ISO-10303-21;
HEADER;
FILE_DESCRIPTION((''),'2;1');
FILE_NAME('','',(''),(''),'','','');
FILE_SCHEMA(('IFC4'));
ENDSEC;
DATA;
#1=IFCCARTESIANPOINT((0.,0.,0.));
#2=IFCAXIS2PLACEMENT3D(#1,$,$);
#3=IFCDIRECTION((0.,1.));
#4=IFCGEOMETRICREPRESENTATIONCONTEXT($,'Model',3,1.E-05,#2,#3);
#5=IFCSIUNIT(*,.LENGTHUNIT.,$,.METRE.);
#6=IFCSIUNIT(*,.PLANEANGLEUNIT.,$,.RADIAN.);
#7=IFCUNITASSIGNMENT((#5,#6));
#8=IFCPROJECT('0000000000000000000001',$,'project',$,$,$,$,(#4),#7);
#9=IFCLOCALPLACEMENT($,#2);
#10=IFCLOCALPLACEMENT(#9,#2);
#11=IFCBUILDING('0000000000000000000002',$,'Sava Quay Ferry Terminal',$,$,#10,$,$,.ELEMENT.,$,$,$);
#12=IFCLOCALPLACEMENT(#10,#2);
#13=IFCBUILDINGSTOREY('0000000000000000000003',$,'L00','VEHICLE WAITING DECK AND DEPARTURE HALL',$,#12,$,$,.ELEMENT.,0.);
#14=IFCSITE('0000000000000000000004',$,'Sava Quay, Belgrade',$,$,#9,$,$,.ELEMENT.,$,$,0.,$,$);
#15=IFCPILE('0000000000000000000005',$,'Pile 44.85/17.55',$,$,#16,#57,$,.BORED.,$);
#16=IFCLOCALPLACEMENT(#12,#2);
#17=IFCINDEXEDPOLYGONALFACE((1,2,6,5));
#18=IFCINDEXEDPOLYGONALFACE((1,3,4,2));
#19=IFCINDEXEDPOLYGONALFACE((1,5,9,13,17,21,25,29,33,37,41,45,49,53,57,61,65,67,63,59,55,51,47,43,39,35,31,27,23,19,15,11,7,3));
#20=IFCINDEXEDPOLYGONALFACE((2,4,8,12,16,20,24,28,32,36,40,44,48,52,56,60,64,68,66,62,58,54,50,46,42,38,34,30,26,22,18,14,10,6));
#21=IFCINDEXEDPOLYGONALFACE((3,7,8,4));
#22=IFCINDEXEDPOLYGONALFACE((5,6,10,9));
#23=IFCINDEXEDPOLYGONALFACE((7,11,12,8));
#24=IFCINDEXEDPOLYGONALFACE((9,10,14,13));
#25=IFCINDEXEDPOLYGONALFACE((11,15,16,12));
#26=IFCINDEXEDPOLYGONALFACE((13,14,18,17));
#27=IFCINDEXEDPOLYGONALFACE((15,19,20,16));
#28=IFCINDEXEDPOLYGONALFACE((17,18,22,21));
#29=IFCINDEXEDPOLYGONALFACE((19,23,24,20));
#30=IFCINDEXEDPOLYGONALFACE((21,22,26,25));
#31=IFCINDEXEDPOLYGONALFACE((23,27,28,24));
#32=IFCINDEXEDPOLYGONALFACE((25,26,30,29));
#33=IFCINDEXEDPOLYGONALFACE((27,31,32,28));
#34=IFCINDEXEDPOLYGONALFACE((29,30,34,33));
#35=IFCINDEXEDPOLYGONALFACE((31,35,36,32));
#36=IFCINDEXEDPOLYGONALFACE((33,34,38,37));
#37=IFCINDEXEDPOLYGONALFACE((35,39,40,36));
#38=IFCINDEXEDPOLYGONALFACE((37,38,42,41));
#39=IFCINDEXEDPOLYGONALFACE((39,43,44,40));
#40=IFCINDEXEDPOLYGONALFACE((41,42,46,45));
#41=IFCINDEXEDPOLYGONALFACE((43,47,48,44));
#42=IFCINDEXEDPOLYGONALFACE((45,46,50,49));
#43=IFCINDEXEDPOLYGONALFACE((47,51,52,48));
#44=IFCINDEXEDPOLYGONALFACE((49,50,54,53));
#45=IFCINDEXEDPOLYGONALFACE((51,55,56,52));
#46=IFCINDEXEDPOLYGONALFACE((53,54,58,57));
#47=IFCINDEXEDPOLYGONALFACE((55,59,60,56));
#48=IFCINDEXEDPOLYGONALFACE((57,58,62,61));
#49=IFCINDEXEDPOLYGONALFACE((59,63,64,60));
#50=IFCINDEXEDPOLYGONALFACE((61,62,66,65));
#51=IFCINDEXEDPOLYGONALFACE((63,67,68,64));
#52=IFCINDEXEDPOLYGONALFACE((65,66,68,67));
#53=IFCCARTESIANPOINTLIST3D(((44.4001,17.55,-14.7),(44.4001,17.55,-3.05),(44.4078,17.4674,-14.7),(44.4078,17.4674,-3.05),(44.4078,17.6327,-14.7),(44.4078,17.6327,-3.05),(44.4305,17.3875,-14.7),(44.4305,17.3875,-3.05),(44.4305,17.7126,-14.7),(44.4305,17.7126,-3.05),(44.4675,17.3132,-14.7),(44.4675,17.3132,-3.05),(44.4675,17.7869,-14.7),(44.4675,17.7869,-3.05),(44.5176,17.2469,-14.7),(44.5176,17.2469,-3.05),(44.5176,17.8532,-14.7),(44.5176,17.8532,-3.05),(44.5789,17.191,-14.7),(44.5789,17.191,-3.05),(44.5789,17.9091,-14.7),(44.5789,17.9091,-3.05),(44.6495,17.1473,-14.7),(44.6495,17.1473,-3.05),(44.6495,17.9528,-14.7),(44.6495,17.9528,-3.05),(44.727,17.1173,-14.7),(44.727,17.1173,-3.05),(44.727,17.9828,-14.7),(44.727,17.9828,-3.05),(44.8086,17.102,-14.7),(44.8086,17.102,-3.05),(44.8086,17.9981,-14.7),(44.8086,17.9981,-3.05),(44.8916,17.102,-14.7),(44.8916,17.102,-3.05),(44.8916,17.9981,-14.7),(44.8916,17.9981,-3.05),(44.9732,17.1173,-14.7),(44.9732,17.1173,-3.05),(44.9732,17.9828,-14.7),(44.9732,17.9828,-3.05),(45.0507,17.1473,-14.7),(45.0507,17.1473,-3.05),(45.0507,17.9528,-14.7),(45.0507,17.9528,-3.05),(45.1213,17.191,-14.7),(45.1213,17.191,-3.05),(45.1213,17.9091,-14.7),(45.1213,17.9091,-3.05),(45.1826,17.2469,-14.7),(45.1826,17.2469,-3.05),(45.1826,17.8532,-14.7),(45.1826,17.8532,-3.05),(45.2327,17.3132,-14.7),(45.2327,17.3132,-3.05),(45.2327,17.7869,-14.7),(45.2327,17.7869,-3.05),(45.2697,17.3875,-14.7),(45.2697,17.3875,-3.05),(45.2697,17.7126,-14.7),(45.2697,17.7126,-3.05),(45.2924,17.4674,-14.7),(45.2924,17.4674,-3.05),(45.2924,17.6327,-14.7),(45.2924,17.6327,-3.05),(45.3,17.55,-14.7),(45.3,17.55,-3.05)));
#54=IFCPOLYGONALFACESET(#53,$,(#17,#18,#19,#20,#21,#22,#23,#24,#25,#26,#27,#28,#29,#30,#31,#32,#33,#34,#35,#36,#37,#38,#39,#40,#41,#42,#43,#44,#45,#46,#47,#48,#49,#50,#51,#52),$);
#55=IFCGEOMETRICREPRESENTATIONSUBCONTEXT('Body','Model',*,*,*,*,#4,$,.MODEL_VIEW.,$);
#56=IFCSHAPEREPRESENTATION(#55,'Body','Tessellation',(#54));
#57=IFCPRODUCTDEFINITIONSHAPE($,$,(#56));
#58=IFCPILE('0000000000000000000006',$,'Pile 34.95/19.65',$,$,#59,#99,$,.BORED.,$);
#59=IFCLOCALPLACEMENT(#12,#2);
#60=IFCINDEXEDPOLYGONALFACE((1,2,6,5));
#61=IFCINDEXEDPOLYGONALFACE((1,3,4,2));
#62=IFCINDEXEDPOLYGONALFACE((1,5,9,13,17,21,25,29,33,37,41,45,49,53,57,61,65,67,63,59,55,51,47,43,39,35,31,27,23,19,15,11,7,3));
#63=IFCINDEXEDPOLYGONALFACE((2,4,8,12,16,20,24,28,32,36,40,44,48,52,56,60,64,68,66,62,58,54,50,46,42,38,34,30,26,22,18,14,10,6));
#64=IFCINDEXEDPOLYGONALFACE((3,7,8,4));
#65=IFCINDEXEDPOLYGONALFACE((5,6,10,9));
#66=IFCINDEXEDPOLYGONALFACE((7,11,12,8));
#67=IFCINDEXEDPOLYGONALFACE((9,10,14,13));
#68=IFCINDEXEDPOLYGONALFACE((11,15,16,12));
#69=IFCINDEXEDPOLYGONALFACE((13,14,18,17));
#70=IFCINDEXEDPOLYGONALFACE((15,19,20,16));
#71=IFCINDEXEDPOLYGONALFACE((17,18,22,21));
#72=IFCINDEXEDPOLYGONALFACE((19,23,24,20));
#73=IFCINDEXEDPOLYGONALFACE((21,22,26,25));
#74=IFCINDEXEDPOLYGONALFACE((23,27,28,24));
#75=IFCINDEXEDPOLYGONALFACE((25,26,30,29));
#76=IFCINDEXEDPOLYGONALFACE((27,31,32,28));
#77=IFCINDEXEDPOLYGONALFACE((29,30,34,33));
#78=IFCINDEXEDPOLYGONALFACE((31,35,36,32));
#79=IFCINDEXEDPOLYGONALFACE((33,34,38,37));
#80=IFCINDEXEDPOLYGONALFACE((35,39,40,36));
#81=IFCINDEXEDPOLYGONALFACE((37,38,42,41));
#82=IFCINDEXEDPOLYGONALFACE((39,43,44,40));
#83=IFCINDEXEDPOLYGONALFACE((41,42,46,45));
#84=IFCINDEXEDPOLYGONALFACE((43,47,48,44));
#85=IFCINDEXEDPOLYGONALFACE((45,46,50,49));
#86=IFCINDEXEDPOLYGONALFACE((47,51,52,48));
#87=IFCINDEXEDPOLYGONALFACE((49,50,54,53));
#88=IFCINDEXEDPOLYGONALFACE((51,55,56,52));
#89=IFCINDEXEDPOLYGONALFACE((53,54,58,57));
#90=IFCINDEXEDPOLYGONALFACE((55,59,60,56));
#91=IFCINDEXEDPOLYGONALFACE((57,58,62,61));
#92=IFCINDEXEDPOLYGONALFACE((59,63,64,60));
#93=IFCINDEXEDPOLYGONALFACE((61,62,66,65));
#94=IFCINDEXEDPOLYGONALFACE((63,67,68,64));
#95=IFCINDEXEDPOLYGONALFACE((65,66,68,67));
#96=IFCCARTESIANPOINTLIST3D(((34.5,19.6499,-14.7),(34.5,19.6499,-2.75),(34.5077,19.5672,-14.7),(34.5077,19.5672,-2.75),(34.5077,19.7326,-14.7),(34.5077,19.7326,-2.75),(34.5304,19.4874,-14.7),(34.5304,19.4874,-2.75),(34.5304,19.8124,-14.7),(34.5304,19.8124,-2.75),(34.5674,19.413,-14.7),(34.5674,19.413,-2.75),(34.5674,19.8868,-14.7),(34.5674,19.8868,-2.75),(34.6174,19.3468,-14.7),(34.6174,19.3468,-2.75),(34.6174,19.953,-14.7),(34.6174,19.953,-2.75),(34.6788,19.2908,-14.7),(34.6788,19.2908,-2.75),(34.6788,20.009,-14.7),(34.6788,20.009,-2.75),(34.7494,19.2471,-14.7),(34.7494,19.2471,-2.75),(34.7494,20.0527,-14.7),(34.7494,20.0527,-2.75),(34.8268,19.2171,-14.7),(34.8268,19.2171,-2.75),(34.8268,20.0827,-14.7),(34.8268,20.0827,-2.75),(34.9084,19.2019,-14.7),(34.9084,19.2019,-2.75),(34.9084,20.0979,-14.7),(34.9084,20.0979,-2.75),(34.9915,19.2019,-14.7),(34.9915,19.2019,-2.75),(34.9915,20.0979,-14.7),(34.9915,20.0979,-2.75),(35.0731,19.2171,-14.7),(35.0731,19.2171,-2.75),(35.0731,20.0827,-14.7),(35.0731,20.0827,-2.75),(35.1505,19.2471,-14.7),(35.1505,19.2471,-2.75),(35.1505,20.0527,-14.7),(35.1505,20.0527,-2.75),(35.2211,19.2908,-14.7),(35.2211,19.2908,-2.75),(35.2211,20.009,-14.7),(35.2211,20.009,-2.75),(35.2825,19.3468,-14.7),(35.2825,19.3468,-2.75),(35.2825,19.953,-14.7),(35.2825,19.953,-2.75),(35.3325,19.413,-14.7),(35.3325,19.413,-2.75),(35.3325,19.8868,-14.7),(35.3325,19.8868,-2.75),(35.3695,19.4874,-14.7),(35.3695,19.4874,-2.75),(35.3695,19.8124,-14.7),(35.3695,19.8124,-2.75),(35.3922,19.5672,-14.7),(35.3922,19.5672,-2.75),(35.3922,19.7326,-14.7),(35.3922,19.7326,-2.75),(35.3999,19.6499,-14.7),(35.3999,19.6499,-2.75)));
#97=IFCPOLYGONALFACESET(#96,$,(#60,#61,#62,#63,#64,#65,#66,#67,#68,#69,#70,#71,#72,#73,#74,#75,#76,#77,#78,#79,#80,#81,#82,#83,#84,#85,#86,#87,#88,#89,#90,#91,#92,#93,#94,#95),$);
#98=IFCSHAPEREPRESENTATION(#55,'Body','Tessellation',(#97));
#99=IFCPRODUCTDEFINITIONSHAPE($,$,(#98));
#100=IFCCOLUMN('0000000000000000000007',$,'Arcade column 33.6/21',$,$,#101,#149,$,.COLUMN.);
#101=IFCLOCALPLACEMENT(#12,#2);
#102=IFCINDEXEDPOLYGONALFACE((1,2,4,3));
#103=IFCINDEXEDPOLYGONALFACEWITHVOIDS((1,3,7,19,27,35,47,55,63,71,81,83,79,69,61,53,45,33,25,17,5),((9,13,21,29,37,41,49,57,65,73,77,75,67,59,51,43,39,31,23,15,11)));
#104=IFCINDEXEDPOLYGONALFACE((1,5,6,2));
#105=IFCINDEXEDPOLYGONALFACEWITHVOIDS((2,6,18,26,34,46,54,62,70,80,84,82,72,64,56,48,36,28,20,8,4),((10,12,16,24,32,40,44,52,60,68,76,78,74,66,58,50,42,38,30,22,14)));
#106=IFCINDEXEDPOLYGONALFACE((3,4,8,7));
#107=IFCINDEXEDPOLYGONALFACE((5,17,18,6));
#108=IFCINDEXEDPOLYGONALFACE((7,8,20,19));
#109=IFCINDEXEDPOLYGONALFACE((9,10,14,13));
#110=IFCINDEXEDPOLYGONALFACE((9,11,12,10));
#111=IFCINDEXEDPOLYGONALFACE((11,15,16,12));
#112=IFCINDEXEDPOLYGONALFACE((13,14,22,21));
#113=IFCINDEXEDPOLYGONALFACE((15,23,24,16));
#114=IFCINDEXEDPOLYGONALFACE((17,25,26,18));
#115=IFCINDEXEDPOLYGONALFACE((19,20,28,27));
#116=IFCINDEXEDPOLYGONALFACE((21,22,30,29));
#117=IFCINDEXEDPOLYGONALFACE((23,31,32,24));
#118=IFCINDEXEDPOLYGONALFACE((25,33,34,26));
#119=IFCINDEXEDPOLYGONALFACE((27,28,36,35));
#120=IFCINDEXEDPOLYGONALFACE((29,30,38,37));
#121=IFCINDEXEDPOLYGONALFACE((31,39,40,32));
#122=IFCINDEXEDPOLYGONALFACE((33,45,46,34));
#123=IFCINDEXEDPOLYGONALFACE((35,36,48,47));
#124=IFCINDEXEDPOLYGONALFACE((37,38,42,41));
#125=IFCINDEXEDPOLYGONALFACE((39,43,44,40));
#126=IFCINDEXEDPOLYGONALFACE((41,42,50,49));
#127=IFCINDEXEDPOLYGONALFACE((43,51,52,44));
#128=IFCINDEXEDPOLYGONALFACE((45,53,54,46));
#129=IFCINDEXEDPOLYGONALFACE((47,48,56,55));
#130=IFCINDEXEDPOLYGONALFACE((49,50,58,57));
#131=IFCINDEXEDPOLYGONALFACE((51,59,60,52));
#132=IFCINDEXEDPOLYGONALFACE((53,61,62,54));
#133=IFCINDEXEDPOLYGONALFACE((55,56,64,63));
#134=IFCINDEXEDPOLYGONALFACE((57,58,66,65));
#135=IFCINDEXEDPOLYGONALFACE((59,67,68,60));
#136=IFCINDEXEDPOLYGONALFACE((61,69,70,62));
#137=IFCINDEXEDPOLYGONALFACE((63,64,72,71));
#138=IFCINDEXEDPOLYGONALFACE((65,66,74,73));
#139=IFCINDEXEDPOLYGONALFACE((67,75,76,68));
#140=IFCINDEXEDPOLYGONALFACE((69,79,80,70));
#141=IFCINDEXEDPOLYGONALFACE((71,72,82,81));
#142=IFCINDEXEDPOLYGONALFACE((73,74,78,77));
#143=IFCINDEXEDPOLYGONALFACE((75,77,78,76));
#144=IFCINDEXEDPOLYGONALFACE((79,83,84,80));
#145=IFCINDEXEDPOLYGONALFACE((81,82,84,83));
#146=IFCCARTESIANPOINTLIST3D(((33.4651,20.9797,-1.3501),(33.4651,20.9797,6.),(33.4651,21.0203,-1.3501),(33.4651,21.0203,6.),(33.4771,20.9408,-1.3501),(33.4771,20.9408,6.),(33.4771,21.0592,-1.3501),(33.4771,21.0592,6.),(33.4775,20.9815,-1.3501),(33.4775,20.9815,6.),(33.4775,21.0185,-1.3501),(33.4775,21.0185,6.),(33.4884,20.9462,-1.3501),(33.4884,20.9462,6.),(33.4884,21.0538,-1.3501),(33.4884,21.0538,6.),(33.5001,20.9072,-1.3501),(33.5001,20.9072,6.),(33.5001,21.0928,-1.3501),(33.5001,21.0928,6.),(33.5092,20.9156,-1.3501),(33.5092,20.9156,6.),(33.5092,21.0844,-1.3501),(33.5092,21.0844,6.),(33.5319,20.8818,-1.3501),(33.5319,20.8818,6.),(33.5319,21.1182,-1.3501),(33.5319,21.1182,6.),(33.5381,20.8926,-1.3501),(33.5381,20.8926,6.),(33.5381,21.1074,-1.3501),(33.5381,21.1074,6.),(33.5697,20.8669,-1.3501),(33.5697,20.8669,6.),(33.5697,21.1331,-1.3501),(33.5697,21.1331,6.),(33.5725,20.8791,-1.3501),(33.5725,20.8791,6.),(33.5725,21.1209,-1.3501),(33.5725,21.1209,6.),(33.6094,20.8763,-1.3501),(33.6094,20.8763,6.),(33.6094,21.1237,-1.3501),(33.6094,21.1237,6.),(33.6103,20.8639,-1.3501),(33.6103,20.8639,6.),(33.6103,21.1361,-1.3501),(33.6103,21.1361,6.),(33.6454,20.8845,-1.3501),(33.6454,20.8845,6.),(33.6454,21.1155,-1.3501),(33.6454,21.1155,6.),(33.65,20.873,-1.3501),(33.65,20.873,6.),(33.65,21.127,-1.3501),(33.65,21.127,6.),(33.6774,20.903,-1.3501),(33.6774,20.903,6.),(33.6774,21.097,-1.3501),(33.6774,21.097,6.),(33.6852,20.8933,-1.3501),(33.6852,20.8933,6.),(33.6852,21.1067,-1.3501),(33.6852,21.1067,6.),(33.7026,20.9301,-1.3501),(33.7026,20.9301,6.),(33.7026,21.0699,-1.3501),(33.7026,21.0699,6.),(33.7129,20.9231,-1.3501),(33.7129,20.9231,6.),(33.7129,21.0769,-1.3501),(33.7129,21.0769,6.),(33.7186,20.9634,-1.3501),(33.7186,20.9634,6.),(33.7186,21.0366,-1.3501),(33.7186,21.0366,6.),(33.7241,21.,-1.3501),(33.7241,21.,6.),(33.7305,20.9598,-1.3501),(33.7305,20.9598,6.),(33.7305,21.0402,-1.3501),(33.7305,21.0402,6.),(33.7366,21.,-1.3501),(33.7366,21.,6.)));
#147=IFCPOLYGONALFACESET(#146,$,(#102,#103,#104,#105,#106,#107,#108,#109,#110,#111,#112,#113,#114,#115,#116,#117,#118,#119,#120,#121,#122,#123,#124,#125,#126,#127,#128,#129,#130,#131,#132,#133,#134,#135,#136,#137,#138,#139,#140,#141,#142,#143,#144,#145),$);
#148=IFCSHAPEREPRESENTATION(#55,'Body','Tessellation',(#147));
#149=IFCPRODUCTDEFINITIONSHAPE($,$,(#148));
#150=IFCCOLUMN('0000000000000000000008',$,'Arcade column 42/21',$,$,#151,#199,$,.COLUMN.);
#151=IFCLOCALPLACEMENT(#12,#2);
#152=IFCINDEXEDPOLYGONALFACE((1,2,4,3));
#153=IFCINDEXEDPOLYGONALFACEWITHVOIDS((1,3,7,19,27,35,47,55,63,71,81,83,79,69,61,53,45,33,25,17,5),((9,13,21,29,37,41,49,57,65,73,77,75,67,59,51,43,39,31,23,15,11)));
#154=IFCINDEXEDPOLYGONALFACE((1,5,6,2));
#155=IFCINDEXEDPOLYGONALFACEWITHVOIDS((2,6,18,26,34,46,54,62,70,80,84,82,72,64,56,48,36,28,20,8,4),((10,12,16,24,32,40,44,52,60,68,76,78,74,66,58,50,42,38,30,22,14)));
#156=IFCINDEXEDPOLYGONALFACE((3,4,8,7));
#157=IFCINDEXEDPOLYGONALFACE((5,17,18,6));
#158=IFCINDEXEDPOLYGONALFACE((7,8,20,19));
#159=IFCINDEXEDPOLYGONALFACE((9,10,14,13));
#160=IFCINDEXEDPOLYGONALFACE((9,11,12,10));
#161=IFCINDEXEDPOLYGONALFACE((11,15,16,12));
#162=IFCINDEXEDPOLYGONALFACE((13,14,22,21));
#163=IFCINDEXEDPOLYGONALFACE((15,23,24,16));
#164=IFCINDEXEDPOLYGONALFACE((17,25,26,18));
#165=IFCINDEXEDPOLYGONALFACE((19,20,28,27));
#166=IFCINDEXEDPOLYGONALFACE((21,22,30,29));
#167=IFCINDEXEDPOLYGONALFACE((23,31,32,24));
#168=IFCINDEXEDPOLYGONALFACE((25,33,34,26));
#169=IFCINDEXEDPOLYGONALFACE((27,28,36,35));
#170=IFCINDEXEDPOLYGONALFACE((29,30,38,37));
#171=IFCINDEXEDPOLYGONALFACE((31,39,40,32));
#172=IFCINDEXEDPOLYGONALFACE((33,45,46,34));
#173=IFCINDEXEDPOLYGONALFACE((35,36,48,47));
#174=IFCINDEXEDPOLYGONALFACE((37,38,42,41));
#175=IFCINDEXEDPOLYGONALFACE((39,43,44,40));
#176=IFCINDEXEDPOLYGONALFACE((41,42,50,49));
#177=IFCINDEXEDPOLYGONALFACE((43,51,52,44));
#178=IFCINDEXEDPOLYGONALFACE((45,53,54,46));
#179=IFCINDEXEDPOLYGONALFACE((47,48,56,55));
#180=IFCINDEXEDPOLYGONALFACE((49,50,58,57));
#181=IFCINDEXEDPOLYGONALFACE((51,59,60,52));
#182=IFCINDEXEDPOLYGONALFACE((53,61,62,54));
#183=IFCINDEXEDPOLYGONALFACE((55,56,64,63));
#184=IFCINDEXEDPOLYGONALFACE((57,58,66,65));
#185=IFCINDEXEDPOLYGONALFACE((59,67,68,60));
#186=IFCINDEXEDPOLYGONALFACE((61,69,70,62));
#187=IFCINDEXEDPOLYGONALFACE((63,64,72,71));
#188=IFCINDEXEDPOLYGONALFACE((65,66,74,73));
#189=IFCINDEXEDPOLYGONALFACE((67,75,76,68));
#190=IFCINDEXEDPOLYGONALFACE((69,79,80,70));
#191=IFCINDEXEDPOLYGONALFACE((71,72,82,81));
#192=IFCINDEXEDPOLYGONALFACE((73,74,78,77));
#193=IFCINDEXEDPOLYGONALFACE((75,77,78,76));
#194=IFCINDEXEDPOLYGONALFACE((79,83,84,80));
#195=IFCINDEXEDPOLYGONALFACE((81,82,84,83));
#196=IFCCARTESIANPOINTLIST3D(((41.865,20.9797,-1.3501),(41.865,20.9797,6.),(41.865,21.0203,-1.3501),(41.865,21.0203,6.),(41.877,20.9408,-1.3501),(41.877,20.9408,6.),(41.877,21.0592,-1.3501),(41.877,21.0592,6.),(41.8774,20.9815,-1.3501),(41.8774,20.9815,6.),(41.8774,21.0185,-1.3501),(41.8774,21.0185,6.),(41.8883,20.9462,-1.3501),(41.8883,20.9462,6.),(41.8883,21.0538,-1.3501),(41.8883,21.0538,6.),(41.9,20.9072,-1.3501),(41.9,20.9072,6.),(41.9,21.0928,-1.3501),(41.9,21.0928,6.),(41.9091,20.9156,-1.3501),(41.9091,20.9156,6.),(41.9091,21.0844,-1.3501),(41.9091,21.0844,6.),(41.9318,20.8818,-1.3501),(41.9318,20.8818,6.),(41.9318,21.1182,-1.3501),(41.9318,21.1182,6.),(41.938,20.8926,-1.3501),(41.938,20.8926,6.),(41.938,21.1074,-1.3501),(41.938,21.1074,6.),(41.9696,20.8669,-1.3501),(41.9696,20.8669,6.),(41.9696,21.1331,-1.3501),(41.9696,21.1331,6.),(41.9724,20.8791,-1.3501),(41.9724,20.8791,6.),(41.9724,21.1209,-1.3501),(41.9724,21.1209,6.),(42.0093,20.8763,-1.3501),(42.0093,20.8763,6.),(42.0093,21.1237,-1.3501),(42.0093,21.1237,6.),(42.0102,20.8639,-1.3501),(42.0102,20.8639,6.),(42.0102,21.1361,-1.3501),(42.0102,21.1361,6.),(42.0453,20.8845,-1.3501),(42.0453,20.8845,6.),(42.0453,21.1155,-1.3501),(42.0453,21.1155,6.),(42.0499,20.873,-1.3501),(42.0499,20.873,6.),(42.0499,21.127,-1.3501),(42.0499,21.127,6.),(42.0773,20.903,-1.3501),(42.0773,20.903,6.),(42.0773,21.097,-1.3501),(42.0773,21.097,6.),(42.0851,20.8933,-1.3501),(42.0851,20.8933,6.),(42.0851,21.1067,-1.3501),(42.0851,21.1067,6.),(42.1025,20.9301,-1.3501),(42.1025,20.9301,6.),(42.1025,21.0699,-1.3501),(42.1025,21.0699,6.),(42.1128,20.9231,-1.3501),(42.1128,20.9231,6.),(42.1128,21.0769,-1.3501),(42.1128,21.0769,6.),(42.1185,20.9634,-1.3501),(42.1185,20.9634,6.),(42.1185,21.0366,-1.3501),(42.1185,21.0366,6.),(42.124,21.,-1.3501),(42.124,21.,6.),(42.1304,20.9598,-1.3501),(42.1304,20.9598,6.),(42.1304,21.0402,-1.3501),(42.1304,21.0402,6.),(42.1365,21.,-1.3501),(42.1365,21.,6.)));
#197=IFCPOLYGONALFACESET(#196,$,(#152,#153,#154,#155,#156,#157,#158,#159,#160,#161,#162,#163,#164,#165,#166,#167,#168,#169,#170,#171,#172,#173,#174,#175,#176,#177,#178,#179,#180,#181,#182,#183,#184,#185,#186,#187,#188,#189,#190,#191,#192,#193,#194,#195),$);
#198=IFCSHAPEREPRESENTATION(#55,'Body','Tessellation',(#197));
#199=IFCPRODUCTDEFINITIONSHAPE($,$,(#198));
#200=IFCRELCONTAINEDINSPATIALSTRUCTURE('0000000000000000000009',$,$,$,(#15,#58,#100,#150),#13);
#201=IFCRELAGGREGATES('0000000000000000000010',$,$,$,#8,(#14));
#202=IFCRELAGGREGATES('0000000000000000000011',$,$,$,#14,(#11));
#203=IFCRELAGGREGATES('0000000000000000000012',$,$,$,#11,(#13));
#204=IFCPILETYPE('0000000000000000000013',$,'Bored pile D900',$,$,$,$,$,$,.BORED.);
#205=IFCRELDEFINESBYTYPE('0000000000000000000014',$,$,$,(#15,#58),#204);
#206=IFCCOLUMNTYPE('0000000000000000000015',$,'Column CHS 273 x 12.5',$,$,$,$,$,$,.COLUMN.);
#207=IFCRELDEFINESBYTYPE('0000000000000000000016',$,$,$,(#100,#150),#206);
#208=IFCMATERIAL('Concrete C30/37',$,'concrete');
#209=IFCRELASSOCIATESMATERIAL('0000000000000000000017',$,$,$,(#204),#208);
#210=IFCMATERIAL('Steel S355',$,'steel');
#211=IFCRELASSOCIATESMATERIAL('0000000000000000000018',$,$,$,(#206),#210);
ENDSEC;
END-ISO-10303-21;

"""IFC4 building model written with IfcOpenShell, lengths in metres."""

from ifc_helpers import new_model, si_unit, direction, frame, origin, origin_2d, place, context, subcontext, project, spatial, circle, hollow_circle, extrude, material, material_profile, profile_set, type_object, element, save


model = new_model("IFC4")

# Units and contexts
model_context = context("Model", 3, precision=1e-05, world=origin(), true_north=direction((0.0, 1.0)))
body_context = subcontext(model_context, "Body", "Model", "MODEL_VIEW")
ifc_project = project(units=[si_unit("LENGTHUNIT", "METRE"), si_unit("PLANEANGLEUNIT", "RADIAN")], contexts=[model_context])

# Site, building, storey
site_placement = place(None, origin())
site = spatial("IfcSite", under=ifc_project, at=site_placement, Name="Sava Quay, Belgrade", CompositionType="ELEMENT", RefElevation=0.0)
building_placement = place(site_placement, origin())
building = spatial("IfcBuilding", under=site, at=building_placement, Name="Sava Quay Ferry Terminal", CompositionType="ELEMENT")
storey_placement = place(building_placement, origin())
storey = spatial("IfcBuildingStorey", under=building, at=storey_placement, Name="L00", Description="VEHICLE WAITING DECK AND DEPARTURE HALL", CompositionType="ELEMENT", Elevation=0.0)

# Piles
ifc_material_1 = material(Name="Concrete C30/37", Category="concrete")
ifc_material_profile_1 = material_profile(ifc_material_1, circle(Radius=0.45, at=origin_2d()), Name="Bored pile D900")
ifc_profile_set_1 = profile_set([ifc_material_profile_1], Name="Concrete C30/37")
pile_type = type_object("IfcPileType", Name="Bored pile D900", PredefinedType="BORED", material=ifc_profile_set_1)
for number, where, z_axis, x_axis, name in (
    (1, (44.8501, 17.55, -3.05), (0.0, 0.0, -1.0), (1.0, 0.0, 0.0), "Pile 44.85/17.55"),
):
    element("IfcPile", number, at=place(storey_placement, frame(where, z_axis=z_axis, x_axis=x_axis)), inside=storey, type_object=pile_type, Name=name, PredefinedType="BORED", context=body_context, shape_type="SweptSolid", body=[
        extrude(circle(Radius=0.45, at=origin_2d()), origin(), (0.0, 0.0, 1.0), 11.6499),
    ])
pile_placement = place(storey_placement, frame((34.95, 19.6499, -2.75), z_axis=(0.0, 0.0, -1.0), x_axis=(1.0, 0.0, 0.0)))
element("IfcPile", 2, at=pile_placement, inside=storey, type_object=pile_type, Name="Pile 34.95/19.65", PredefinedType="BORED", context=body_context, shape_type="SweptSolid", body=[
    extrude(circle(Radius=0.45, at=origin_2d()), origin(), (0.0, 0.0, 1.0), 11.95),
])

# Columns
ifc_material_2 = material(Name="Steel S355", Category="steel")
ifc_material_profile_2 = material_profile(ifc_material_2, hollow_circle(Radius=0.1365, WallThickness=0.0125, at=origin_2d()), Name="CHS 273 x 12.5")
ifc_profile_set_2 = profile_set([ifc_material_profile_2], Name="Steel S355")
column_type_1 = type_object("IfcColumnType", Name="Column CHS 273 x 12.5", PredefinedType="COLUMN", material=ifc_profile_set_2)
for number, where, z_axis, x_axis, name in (
    (3, (33.6001, 21.0, -1.3501), (0.0, 0.0, 1.0), (1.0, 0.0, 0.0), "Arcade column 33.6/21"),
    (4, (42.0, 21.0, -1.3501), (0.0, 0.0, 1.0), (1.0, 0.0, 0.0), "Arcade column 42/21"),
):
    element("IfcColumn", number, at=place(storey_placement, frame(where, z_axis=z_axis, x_axis=x_axis)), inside=storey, type_object=column_type_1, Name=name, PredefinedType="COLUMN", context=body_context, shape_type="SweptSolid", body=[
        extrude(hollow_circle(Radius=0.1365, WallThickness=0.0125, at=origin_2d()), origin(), (0.0, 0.0, 1.0), 7.3501),
    ])

save(model, "model.ifc")
